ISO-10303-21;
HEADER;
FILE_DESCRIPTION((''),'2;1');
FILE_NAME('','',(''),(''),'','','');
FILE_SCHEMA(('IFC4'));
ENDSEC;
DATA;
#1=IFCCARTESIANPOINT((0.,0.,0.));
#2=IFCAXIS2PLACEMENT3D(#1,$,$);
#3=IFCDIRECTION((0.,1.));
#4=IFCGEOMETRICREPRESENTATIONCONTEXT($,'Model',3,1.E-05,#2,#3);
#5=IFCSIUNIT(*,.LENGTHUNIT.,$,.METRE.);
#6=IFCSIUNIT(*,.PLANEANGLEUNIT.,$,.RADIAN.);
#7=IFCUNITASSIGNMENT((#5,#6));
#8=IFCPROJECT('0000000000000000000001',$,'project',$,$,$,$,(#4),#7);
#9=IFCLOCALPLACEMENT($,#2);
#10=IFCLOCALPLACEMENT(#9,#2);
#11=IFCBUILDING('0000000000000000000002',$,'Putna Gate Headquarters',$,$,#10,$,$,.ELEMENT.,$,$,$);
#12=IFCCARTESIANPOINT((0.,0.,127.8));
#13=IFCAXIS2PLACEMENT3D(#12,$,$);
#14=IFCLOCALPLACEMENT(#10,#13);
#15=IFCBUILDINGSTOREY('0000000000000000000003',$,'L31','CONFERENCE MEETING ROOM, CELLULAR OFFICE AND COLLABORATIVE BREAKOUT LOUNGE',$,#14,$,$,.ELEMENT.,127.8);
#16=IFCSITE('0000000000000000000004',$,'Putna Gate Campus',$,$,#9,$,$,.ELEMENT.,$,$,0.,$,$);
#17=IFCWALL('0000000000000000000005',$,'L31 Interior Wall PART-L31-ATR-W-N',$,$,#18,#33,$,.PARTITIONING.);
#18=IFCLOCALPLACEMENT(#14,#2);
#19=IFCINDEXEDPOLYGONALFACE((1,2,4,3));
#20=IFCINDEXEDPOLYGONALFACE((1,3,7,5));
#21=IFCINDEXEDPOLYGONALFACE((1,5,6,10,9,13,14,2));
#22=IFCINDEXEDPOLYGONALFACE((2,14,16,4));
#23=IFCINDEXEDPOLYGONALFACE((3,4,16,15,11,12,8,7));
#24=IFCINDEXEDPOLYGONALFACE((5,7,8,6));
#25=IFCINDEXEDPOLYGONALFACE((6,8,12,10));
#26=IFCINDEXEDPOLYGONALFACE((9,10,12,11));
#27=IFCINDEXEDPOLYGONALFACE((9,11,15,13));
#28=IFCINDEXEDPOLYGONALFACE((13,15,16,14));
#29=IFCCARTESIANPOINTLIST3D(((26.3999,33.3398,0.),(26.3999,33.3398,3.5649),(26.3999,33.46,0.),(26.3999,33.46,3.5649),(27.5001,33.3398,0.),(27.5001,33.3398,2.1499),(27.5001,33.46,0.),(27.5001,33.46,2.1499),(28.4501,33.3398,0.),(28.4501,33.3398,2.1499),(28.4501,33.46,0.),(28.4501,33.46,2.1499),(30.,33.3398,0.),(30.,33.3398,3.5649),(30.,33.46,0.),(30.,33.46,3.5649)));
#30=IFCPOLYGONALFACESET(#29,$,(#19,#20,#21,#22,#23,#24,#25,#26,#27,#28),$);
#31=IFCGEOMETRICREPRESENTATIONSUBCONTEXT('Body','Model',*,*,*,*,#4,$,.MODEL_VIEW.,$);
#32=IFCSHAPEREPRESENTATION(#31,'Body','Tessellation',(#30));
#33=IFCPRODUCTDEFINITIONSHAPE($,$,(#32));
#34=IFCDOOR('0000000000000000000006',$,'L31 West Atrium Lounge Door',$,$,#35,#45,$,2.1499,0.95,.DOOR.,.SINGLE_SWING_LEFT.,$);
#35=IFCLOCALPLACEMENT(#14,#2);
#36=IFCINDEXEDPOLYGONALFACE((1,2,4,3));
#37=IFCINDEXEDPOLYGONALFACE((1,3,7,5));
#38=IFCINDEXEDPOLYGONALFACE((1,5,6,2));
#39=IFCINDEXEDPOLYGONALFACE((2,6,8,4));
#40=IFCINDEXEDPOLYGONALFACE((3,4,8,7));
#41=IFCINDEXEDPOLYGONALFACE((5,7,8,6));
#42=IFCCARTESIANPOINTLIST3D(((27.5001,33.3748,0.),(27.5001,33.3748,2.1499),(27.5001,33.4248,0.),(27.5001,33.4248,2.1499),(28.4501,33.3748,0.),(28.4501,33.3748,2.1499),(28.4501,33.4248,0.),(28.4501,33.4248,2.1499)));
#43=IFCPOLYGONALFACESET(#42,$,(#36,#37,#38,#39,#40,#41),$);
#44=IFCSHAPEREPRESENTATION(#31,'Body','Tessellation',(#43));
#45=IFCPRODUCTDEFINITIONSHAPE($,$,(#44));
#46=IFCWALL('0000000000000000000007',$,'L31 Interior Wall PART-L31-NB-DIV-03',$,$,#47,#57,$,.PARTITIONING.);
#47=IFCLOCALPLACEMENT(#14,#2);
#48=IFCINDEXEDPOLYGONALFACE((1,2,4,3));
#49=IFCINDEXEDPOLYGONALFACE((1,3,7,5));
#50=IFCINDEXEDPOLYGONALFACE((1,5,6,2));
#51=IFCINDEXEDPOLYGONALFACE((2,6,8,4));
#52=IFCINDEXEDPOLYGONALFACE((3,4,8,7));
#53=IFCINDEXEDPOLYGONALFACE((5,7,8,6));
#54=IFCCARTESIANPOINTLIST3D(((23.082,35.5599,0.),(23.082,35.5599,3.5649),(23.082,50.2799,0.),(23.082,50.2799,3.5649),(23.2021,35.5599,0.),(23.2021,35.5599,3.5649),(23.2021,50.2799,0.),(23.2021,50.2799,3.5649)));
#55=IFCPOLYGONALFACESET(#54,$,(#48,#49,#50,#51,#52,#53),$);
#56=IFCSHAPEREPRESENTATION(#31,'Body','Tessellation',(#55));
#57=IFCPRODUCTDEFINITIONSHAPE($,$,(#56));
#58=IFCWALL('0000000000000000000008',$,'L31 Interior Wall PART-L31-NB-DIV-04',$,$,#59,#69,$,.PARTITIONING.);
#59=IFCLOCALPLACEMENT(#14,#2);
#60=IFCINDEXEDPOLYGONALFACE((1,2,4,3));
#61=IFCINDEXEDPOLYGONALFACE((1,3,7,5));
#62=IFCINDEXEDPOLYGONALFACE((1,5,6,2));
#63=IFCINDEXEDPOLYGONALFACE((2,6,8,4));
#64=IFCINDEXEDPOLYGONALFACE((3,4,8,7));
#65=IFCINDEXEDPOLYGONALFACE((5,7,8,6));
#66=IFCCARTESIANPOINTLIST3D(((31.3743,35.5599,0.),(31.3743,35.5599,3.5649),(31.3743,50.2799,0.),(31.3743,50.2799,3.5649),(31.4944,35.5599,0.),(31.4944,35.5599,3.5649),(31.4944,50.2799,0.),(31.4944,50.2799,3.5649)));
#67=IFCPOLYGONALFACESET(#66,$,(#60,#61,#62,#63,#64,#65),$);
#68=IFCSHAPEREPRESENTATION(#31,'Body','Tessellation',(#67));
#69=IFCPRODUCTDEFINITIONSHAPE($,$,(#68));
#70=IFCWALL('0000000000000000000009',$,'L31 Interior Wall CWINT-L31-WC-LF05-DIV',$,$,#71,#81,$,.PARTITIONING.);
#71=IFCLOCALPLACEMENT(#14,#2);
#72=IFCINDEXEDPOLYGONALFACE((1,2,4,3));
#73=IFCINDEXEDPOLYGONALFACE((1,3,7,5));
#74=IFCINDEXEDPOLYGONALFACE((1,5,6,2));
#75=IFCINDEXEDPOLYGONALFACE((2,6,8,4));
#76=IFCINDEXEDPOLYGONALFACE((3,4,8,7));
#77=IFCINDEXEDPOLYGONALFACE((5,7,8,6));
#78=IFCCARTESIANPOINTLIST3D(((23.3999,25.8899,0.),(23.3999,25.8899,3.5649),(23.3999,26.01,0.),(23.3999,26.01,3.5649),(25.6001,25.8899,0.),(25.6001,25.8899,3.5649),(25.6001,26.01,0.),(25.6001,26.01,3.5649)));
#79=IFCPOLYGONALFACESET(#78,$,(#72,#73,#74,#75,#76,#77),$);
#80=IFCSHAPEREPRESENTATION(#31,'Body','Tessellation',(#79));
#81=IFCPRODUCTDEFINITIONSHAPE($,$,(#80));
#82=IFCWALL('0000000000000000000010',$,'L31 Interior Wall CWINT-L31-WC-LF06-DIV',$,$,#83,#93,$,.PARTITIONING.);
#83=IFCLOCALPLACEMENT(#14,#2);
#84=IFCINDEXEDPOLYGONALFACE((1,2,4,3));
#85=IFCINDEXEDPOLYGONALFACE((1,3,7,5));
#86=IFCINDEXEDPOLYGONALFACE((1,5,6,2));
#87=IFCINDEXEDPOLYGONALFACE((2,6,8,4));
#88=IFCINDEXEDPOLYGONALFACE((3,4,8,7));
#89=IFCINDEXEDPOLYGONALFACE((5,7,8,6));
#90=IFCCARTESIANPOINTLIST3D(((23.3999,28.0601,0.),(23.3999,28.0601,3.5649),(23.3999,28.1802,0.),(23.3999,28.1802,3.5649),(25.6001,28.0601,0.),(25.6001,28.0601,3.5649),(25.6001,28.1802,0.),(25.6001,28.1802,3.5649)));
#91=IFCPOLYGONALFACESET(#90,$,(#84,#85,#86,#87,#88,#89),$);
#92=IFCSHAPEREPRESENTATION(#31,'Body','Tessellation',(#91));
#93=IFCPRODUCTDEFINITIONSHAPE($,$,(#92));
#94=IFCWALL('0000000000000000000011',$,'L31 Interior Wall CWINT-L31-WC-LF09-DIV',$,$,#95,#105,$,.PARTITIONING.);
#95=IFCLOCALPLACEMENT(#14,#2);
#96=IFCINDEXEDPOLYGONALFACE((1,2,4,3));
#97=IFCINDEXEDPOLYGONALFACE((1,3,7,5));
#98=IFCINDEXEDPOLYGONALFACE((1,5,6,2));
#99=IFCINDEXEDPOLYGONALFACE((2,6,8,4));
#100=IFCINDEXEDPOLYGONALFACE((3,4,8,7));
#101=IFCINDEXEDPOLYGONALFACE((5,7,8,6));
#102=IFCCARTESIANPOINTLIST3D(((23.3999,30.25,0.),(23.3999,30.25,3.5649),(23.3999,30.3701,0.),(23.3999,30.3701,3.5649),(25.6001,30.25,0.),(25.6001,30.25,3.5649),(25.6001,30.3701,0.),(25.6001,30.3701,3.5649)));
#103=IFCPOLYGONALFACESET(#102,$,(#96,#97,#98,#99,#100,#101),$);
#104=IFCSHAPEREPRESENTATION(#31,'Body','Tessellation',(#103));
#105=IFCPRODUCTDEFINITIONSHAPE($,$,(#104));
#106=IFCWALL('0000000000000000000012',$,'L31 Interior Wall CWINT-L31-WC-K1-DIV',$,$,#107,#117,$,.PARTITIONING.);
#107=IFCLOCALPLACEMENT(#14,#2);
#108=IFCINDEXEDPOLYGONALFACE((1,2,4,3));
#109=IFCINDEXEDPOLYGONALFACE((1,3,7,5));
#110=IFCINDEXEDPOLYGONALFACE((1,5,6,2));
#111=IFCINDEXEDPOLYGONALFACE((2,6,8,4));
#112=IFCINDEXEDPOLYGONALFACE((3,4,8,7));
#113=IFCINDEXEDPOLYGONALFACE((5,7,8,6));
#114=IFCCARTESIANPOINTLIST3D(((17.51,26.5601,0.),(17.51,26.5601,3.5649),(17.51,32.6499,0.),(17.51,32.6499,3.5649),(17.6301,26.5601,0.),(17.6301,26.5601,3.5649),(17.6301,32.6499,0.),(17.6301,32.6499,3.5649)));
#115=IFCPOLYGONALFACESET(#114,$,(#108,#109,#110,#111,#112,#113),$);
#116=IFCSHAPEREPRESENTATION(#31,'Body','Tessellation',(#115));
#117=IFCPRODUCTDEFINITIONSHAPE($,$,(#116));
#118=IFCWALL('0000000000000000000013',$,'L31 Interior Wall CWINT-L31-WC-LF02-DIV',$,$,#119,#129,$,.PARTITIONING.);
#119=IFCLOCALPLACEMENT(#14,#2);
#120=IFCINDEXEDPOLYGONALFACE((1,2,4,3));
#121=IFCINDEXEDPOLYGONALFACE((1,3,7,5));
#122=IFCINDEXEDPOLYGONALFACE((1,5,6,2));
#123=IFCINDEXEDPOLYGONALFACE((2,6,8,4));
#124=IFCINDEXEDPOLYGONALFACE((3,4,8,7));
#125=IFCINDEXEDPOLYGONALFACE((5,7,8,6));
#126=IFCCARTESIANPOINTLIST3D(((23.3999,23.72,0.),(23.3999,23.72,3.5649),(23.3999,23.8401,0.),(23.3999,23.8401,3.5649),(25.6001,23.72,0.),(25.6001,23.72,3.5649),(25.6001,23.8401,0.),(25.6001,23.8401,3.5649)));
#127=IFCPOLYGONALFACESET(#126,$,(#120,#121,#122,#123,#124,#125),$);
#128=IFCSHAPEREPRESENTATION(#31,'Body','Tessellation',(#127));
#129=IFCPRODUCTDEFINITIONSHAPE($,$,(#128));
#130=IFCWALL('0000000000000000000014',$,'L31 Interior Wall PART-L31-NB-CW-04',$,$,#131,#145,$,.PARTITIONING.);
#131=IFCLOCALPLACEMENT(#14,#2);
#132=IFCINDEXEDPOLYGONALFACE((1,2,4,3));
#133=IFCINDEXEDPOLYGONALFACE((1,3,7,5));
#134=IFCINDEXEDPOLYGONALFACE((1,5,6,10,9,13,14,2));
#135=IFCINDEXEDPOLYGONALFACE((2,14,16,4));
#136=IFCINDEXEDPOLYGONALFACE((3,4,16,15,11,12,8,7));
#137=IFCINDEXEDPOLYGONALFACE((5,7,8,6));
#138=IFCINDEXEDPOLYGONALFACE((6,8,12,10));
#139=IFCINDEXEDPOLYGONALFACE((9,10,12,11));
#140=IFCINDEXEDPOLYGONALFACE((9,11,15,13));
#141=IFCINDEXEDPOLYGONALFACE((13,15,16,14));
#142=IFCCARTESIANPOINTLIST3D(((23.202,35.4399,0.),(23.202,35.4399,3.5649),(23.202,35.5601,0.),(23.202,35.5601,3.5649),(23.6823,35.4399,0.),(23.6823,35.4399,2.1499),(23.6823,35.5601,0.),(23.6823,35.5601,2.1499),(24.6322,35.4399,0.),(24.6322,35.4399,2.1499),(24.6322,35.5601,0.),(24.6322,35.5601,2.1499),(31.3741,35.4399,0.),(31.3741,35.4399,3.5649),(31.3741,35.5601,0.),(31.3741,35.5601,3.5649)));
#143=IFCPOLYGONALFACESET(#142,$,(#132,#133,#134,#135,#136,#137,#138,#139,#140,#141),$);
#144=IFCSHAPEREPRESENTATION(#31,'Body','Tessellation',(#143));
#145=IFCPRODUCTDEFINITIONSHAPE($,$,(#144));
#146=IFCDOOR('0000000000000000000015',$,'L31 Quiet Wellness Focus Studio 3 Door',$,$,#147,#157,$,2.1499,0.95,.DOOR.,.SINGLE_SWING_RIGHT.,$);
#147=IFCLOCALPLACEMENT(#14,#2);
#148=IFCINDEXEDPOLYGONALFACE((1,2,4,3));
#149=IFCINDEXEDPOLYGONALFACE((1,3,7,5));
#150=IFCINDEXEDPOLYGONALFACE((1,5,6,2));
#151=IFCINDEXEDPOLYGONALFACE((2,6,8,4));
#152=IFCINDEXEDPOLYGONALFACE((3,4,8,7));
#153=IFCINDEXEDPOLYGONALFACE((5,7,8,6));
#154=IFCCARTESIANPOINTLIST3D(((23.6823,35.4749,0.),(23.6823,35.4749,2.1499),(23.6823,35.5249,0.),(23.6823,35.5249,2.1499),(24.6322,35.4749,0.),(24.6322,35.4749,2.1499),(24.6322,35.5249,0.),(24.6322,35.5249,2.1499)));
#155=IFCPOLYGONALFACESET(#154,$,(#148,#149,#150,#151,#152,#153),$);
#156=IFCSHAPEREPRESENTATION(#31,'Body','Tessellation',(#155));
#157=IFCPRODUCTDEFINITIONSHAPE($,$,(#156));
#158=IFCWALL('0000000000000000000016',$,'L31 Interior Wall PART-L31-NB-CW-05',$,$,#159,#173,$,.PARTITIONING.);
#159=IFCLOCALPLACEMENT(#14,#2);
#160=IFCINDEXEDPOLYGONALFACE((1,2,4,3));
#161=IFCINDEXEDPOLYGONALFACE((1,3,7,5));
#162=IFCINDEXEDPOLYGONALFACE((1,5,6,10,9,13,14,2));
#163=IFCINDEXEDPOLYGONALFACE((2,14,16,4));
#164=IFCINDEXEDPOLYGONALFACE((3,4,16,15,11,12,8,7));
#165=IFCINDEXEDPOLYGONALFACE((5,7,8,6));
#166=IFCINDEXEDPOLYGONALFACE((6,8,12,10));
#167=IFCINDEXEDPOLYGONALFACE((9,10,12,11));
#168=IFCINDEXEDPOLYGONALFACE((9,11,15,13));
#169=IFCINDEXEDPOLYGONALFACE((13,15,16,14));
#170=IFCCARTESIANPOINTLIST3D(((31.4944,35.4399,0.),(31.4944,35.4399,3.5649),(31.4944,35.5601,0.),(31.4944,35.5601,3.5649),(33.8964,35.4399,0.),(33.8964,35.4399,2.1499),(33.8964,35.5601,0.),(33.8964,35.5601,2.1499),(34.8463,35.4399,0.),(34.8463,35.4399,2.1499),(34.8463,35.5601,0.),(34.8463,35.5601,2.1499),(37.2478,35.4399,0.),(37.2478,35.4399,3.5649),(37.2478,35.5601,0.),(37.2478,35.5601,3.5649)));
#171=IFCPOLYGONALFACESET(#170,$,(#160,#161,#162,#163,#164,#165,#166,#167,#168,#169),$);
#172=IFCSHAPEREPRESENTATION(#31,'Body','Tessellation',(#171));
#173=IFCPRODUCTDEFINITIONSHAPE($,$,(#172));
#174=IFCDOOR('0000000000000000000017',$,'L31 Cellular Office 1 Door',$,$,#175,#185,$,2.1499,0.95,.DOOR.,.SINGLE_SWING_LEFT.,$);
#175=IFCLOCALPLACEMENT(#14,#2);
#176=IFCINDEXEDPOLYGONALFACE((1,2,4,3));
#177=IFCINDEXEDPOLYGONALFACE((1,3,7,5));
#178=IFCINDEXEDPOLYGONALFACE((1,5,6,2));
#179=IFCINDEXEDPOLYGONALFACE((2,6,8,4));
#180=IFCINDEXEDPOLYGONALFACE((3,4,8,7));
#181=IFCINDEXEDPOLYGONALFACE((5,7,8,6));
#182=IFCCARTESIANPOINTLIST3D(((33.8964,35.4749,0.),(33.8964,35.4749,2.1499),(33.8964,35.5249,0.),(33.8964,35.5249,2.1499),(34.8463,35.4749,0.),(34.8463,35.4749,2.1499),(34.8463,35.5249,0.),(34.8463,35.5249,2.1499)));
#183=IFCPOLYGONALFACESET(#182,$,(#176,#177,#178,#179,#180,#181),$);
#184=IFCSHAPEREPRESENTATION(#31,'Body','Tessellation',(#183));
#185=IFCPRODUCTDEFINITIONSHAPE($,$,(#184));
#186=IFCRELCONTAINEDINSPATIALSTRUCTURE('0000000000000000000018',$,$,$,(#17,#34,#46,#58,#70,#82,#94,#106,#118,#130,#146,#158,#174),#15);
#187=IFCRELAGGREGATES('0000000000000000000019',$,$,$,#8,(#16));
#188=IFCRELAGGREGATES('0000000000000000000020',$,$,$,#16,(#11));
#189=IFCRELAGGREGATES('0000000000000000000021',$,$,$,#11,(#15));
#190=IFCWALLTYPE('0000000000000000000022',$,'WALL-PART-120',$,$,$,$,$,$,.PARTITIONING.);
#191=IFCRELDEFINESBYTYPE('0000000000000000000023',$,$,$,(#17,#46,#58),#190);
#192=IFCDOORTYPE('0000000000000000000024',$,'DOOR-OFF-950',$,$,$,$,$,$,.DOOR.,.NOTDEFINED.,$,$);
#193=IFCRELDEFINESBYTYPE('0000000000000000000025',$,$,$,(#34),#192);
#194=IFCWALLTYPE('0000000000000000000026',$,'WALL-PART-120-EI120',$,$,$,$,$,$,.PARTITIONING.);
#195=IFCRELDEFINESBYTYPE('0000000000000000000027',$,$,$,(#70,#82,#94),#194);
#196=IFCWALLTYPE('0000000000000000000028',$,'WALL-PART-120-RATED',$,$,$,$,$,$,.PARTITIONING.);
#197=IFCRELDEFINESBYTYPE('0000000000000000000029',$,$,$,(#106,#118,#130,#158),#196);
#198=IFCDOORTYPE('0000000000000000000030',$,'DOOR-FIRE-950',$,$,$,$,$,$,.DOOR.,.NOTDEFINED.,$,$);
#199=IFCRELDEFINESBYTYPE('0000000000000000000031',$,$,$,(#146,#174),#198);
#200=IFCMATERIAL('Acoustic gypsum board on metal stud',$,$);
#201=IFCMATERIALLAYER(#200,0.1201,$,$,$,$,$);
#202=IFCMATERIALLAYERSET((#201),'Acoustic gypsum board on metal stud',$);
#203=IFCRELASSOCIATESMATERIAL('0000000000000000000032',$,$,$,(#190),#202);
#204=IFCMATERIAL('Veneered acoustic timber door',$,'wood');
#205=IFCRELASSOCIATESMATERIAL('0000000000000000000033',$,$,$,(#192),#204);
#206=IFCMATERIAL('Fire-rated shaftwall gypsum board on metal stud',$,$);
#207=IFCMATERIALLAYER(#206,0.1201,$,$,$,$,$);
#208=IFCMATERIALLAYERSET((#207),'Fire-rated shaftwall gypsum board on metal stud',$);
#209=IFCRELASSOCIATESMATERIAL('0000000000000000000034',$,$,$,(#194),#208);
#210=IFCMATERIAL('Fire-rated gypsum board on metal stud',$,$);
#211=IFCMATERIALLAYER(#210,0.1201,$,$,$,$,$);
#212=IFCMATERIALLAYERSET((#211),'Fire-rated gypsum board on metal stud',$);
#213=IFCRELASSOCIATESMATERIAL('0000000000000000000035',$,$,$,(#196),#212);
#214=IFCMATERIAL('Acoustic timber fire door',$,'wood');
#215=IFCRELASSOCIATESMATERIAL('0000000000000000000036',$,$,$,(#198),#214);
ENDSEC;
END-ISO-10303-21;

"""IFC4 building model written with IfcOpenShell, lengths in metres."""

from ifc_helpers import new_model, si_unit, direction, frame, frame_2d, origin, place, context, subcontext, project, spatial, rectangle, extrude, material, layer, layer_set, type_object, element, fill, save


model = new_model("IFC4")

# Units and contexts
model_context = context("Model", 3, precision=1e-05, world=origin(), true_north=direction((0.0, 1.0)))
body_context = subcontext(model_context, "Body", "Model", "MODEL_VIEW")
ifc_project = project(units=[si_unit("LENGTHUNIT", "METRE"), si_unit("PLANEANGLEUNIT", "RADIAN")], contexts=[model_context])

# Site, building, storey
site_placement = place(None, origin())
site = spatial("IfcSite", under=ifc_project, at=site_placement, Name="Putna Gate Campus", CompositionType="ELEMENT", RefElevation=0.0)
building_placement = place(site_placement, origin())
building = spatial("IfcBuilding", under=site, at=building_placement, Name="Putna Gate Headquarters", CompositionType="ELEMENT")
storey_placement = place(building_placement, frame((0.0, 0.0, 127.8)))
storey = spatial("IfcBuildingStorey", under=building, at=storey_placement, Name="L31", Description="CONFERENCE MEETING ROOM, CELLULAR OFFICE AND COLLABORATIVE BREAKOUT LOUNGE", CompositionType="ELEMENT", Elevation=127.8)

# Wall, opening, door
ifc_material_1 = material(Name="Acoustic gypsum board on metal stud")
ifc_layer_1 = layer(ifc_material_1, 0.1201)
ifc_layer_set_1 = layer_set([ifc_layer_1], Name="Acoustic gypsum board on metal stud")
wall_type_1 = type_object("IfcWallType", Name="WALL-PART-120", PredefinedType="PARTITIONING", material=ifc_layer_set_1)
wall_1_placement = place(storey_placement, frame((26.3999, 33.3999, 0.0), z_axis=(0.0, 0.0, 1.0), x_axis=(1.0, 0.0, 0.0)))
wall_1 = element("IfcWall", 1, at=wall_1_placement, inside=storey, type_object=wall_type_1, Name="L31 Interior Wall PART-L31-ATR-W-N", PredefinedType="PARTITIONING", context=body_context, shape_type="SweptSolid", body=[
    extrude(rectangle(XDim=3.6001, YDim=0.1201, at=frame_2d((1.8, 0.0))), origin(), (0.0, 0.0, 1.0), 3.5649),
])
opening_1_placement = place(wall_1_placement, frame((1.1001, 0.0, 0.0)))
opening_1 = element("IfcOpeningElement", 2, at=opening_1_placement, cuts=wall_1, PredefinedType="OPENING", context=body_context, shape_type="SweptSolid", body=[
    extrude(rectangle(XDim=0.95, YDim=2.1499, at=frame_2d((0.4751, 1.075))), frame((0.0, 0.0701, 0.0), z_axis=(0.0, -1.0, 0.0), x_axis=(1.0, 0.0, 0.0)), (0.0, 0.0, 1.0), 0.1401),
])
ifc_material_2 = material(Name="Veneered acoustic timber door", Category="wood")
door_type_1 = type_object("IfcDoorType", Name="DOOR-OFF-950", OperationType="NOTDEFINED", PredefinedType="DOOR", material=ifc_material_2)
door_1_placement = place(opening_1_placement, origin())
door_1 = element("IfcDoor", 3, at=door_1_placement, inside=storey, type_object=door_type_1, Name="L31 West Atrium Lounge Door", OperationType="SINGLE_SWING_LEFT", OverallHeight=2.1499, OverallWidth=0.95, PredefinedType="DOOR", context=body_context, shape_type="SweptSolid", body=[
    extrude(rectangle(XDim=0.95, YDim=2.1499, at=frame_2d((0.4751, 1.075))), frame((0.0, 0.0249, 0.0), z_axis=(0.0, -1.0, 0.0), x_axis=(1.0, 0.0, 0.0)), (0.0, 0.0, 1.0), 0.05),
])
fill(opening_1, door_1)

# Walls
for number, where, z_axis, x_axis, name in (
    (4, (23.1421, 35.5601, 0.0), (0.0, 0.0, 1.0), (0.0, 1.0, 0.0), "L31 Interior Wall PART-L31-NB-DIV-03"),
    (5, (31.4343, 35.5601, 0.0), (0.0, 0.0, 1.0), (0.0, 1.0, 0.0), "L31 Interior Wall PART-L31-NB-DIV-04"),
):
    element("IfcWall", number, at=place(storey_placement, frame(where, z_axis=z_axis, x_axis=x_axis)), inside=storey, type_object=wall_type_1, Name=name, PredefinedType="PARTITIONING", context=body_context, shape_type="SweptSolid", body=[
        extrude(rectangle(XDim=14.72, YDim=0.1201, at=frame_2d((7.3599, 0.0))), origin(), (0.0, 0.0, 1.0), 3.5649),
    ])
ifc_material_3 = material(Name="Fire-rated shaftwall gypsum board on metal stud")
ifc_layer_2 = layer(ifc_material_3, 0.1201)
ifc_layer_set_2 = layer_set([ifc_layer_2], Name="Fire-rated shaftwall gypsum board on metal stud")
wall_type_2 = type_object("IfcWallType", Name="WALL-PART-120-EI120", PredefinedType="PARTITIONING", material=ifc_layer_set_2)
for number, where, z_axis, x_axis, name in (
    (6, (23.3999, 25.95, 0.0), (0.0, 0.0, 1.0), (1.0, 0.0, 0.0), "L31 Interior Wall CWINT-L31-WC-LF05-DIV"),
    (7, (23.3999, 28.1201, 0.0), (0.0, 0.0, 1.0), (1.0, 0.0, 0.0), "L31 Interior Wall CWINT-L31-WC-LF06-DIV"),
    (8, (23.3999, 30.3101, 0.0), (0.0, 0.0, 1.0), (1.0, 0.0, 0.0), "L31 Interior Wall CWINT-L31-WC-LF09-DIV"),
):
    element("IfcWall", number, at=place(storey_placement, frame(where, z_axis=z_axis, x_axis=x_axis)), inside=storey, type_object=wall_type_2, Name=name, PredefinedType="PARTITIONING", context=body_context, shape_type="SweptSolid", body=[
        extrude(rectangle(XDim=2.2002, YDim=0.1201, at=frame_2d((1.1001, 0.0))), origin(), (0.0, 0.0, 1.0), 3.5649),
    ])
ifc_material_4 = material(Name="Fire-rated gypsum board on metal stud")
ifc_layer_3 = layer(ifc_material_4, 0.1201)
ifc_layer_set_3 = layer_set([ifc_layer_3], Name="Fire-rated gypsum board on metal stud")
wall_type_3 = type_object("IfcWallType", Name="WALL-PART-120-RATED", PredefinedType="PARTITIONING", material=ifc_layer_set_3)
wall_2_placement = place(storey_placement, frame((17.5701, 26.5601, 0.0), z_axis=(0.0, 0.0, 1.0), x_axis=(0.0, 1.0, 0.0)))
element("IfcWall", 9, at=wall_2_placement, inside=storey, type_object=wall_type_3, Name="L31 Interior Wall CWINT-L31-WC-K1-DIV", PredefinedType="PARTITIONING", context=body_context, shape_type="SweptSolid", body=[
    extrude(rectangle(XDim=6.0898, YDim=0.1201, at=frame_2d((3.0449, 0.0))), origin(), (0.0, 0.0, 1.0), 3.5649),
])
wall_3_placement = place(storey_placement, frame((23.3999, 23.78, 0.0), z_axis=(0.0, 0.0, 1.0), x_axis=(1.0, 0.0, 0.0)))
element("IfcWall", 10, at=wall_3_placement, inside=storey, type_object=wall_type_3, Name="L31 Interior Wall CWINT-L31-WC-LF02-DIV", PredefinedType="PARTITIONING", context=body_context, shape_type="SweptSolid", body=[
    extrude(rectangle(XDim=2.2002, YDim=0.1201, at=frame_2d((1.1001, 0.0))), origin(), (0.0, 0.0, 1.0), 3.5649),
])

# Walls, openings, doors
wall_4_placement = place(storey_placement, frame((23.2021, 35.5, 0.0), z_axis=(0.0, 0.0, 1.0), x_axis=(1.0, 0.0, 0.0)))
wall_4 = element("IfcWall", 11, at=wall_4_placement, inside=storey, type_object=wall_type_3, Name="L31 Interior Wall PART-L31-NB-CW-04", PredefinedType="PARTITIONING", context=body_context, shape_type="SweptSolid", body=[
    extrude(rectangle(XDim=8.1721, YDim=0.1201, at=frame_2d((4.0859, 0.0))), origin(), (0.0, 0.0, 1.0), 3.5649),
])
opening_2_placement = place(wall_4_placement, frame((0.48, 0.0, 0.0)))
opening_2 = element("IfcOpeningElement", 12, at=opening_2_placement, cuts=wall_4, PredefinedType="OPENING", context=body_context, shape_type="SweptSolid", body=[
    extrude(rectangle(XDim=0.95, YDim=2.1499, at=frame_2d((0.4751, 1.075))), frame((0.0, 0.0701, 0.0), z_axis=(0.0, -1.0, 0.0), x_axis=(1.0, 0.0, 0.0)), (0.0, 0.0, 1.0), 0.1401),
])
ifc_material_5 = material(Name="Acoustic timber fire door", Category="wood")
door_type_2 = type_object("IfcDoorType", Name="DOOR-FIRE-950", OperationType="NOTDEFINED", PredefinedType="DOOR", material=ifc_material_5)
door_2_placement = place(opening_2_placement, origin())
door_2 = element("IfcDoor", 13, at=door_2_placement, inside=storey, type_object=door_type_2, Name="L31 Quiet Wellness Focus Studio 3 Door", OperationType="SINGLE_SWING_RIGHT", OverallHeight=2.1499, OverallWidth=0.95, PredefinedType="DOOR", context=body_context, shape_type="SweptSolid", body=[
    extrude(rectangle(XDim=0.95, YDim=2.1499, at=frame_2d((0.4751, 1.075))), frame((0.0, 0.0249, 0.0), z_axis=(0.0, -1.0, 0.0), x_axis=(1.0, 0.0, 0.0)), (0.0, 0.0, 1.0), 0.05),
])
fill(opening_2, door_2)
wall_5_placement = place(storey_placement, frame((31.4944, 35.5, 0.0), z_axis=(0.0, 0.0, 1.0), x_axis=(1.0, 0.0, 0.0)))
wall_5 = element("IfcWall", 14, at=wall_5_placement, inside=storey, type_object=wall_type_3, Name="L31 Interior Wall PART-L31-NB-CW-05", PredefinedType="PARTITIONING", context=body_context, shape_type="SweptSolid", body=[
    extrude(rectangle(XDim=5.7534, YDim=0.1201, at=frame_2d((2.8767, 0.0))), origin(), (0.0, 0.0, 1.0), 3.5649),
])
opening_3_placement = place(wall_5_placement, frame((2.4019, 0.0, 0.0)))
opening_3 = element("IfcOpeningElement", 15, at=opening_3_placement, cuts=wall_5, PredefinedType="OPENING", context=body_context, shape_type="SweptSolid", body=[
    extrude(rectangle(XDim=0.95, YDim=2.1499, at=frame_2d((0.4751, 1.075))), frame((0.0, 0.0701, 0.0), z_axis=(0.0, -1.0, 0.0), x_axis=(1.0, 0.0, 0.0)), (0.0, 0.0, 1.0), 0.1401),
])
door_3_placement = place(opening_3_placement, origin())
door_3 = element("IfcDoor", 16, at=door_3_placement, inside=storey, type_object=door_type_2, Name="L31 Cellular Office 1 Door", OperationType="SINGLE_SWING_LEFT", OverallHeight=2.1499, OverallWidth=0.95, PredefinedType="DOOR", context=body_context, shape_type="SweptSolid", body=[
    extrude(rectangle(XDim=0.95, YDim=2.1499, at=frame_2d((0.4751, 1.075))), frame((0.0, 0.0249, 0.0), z_axis=(0.0, -1.0, 0.0), x_axis=(1.0, 0.0, 0.0)), (0.0, 0.0, 1.0), 0.05),
])
fill(opening_3, door_3)

save(model, "model.ifc")
